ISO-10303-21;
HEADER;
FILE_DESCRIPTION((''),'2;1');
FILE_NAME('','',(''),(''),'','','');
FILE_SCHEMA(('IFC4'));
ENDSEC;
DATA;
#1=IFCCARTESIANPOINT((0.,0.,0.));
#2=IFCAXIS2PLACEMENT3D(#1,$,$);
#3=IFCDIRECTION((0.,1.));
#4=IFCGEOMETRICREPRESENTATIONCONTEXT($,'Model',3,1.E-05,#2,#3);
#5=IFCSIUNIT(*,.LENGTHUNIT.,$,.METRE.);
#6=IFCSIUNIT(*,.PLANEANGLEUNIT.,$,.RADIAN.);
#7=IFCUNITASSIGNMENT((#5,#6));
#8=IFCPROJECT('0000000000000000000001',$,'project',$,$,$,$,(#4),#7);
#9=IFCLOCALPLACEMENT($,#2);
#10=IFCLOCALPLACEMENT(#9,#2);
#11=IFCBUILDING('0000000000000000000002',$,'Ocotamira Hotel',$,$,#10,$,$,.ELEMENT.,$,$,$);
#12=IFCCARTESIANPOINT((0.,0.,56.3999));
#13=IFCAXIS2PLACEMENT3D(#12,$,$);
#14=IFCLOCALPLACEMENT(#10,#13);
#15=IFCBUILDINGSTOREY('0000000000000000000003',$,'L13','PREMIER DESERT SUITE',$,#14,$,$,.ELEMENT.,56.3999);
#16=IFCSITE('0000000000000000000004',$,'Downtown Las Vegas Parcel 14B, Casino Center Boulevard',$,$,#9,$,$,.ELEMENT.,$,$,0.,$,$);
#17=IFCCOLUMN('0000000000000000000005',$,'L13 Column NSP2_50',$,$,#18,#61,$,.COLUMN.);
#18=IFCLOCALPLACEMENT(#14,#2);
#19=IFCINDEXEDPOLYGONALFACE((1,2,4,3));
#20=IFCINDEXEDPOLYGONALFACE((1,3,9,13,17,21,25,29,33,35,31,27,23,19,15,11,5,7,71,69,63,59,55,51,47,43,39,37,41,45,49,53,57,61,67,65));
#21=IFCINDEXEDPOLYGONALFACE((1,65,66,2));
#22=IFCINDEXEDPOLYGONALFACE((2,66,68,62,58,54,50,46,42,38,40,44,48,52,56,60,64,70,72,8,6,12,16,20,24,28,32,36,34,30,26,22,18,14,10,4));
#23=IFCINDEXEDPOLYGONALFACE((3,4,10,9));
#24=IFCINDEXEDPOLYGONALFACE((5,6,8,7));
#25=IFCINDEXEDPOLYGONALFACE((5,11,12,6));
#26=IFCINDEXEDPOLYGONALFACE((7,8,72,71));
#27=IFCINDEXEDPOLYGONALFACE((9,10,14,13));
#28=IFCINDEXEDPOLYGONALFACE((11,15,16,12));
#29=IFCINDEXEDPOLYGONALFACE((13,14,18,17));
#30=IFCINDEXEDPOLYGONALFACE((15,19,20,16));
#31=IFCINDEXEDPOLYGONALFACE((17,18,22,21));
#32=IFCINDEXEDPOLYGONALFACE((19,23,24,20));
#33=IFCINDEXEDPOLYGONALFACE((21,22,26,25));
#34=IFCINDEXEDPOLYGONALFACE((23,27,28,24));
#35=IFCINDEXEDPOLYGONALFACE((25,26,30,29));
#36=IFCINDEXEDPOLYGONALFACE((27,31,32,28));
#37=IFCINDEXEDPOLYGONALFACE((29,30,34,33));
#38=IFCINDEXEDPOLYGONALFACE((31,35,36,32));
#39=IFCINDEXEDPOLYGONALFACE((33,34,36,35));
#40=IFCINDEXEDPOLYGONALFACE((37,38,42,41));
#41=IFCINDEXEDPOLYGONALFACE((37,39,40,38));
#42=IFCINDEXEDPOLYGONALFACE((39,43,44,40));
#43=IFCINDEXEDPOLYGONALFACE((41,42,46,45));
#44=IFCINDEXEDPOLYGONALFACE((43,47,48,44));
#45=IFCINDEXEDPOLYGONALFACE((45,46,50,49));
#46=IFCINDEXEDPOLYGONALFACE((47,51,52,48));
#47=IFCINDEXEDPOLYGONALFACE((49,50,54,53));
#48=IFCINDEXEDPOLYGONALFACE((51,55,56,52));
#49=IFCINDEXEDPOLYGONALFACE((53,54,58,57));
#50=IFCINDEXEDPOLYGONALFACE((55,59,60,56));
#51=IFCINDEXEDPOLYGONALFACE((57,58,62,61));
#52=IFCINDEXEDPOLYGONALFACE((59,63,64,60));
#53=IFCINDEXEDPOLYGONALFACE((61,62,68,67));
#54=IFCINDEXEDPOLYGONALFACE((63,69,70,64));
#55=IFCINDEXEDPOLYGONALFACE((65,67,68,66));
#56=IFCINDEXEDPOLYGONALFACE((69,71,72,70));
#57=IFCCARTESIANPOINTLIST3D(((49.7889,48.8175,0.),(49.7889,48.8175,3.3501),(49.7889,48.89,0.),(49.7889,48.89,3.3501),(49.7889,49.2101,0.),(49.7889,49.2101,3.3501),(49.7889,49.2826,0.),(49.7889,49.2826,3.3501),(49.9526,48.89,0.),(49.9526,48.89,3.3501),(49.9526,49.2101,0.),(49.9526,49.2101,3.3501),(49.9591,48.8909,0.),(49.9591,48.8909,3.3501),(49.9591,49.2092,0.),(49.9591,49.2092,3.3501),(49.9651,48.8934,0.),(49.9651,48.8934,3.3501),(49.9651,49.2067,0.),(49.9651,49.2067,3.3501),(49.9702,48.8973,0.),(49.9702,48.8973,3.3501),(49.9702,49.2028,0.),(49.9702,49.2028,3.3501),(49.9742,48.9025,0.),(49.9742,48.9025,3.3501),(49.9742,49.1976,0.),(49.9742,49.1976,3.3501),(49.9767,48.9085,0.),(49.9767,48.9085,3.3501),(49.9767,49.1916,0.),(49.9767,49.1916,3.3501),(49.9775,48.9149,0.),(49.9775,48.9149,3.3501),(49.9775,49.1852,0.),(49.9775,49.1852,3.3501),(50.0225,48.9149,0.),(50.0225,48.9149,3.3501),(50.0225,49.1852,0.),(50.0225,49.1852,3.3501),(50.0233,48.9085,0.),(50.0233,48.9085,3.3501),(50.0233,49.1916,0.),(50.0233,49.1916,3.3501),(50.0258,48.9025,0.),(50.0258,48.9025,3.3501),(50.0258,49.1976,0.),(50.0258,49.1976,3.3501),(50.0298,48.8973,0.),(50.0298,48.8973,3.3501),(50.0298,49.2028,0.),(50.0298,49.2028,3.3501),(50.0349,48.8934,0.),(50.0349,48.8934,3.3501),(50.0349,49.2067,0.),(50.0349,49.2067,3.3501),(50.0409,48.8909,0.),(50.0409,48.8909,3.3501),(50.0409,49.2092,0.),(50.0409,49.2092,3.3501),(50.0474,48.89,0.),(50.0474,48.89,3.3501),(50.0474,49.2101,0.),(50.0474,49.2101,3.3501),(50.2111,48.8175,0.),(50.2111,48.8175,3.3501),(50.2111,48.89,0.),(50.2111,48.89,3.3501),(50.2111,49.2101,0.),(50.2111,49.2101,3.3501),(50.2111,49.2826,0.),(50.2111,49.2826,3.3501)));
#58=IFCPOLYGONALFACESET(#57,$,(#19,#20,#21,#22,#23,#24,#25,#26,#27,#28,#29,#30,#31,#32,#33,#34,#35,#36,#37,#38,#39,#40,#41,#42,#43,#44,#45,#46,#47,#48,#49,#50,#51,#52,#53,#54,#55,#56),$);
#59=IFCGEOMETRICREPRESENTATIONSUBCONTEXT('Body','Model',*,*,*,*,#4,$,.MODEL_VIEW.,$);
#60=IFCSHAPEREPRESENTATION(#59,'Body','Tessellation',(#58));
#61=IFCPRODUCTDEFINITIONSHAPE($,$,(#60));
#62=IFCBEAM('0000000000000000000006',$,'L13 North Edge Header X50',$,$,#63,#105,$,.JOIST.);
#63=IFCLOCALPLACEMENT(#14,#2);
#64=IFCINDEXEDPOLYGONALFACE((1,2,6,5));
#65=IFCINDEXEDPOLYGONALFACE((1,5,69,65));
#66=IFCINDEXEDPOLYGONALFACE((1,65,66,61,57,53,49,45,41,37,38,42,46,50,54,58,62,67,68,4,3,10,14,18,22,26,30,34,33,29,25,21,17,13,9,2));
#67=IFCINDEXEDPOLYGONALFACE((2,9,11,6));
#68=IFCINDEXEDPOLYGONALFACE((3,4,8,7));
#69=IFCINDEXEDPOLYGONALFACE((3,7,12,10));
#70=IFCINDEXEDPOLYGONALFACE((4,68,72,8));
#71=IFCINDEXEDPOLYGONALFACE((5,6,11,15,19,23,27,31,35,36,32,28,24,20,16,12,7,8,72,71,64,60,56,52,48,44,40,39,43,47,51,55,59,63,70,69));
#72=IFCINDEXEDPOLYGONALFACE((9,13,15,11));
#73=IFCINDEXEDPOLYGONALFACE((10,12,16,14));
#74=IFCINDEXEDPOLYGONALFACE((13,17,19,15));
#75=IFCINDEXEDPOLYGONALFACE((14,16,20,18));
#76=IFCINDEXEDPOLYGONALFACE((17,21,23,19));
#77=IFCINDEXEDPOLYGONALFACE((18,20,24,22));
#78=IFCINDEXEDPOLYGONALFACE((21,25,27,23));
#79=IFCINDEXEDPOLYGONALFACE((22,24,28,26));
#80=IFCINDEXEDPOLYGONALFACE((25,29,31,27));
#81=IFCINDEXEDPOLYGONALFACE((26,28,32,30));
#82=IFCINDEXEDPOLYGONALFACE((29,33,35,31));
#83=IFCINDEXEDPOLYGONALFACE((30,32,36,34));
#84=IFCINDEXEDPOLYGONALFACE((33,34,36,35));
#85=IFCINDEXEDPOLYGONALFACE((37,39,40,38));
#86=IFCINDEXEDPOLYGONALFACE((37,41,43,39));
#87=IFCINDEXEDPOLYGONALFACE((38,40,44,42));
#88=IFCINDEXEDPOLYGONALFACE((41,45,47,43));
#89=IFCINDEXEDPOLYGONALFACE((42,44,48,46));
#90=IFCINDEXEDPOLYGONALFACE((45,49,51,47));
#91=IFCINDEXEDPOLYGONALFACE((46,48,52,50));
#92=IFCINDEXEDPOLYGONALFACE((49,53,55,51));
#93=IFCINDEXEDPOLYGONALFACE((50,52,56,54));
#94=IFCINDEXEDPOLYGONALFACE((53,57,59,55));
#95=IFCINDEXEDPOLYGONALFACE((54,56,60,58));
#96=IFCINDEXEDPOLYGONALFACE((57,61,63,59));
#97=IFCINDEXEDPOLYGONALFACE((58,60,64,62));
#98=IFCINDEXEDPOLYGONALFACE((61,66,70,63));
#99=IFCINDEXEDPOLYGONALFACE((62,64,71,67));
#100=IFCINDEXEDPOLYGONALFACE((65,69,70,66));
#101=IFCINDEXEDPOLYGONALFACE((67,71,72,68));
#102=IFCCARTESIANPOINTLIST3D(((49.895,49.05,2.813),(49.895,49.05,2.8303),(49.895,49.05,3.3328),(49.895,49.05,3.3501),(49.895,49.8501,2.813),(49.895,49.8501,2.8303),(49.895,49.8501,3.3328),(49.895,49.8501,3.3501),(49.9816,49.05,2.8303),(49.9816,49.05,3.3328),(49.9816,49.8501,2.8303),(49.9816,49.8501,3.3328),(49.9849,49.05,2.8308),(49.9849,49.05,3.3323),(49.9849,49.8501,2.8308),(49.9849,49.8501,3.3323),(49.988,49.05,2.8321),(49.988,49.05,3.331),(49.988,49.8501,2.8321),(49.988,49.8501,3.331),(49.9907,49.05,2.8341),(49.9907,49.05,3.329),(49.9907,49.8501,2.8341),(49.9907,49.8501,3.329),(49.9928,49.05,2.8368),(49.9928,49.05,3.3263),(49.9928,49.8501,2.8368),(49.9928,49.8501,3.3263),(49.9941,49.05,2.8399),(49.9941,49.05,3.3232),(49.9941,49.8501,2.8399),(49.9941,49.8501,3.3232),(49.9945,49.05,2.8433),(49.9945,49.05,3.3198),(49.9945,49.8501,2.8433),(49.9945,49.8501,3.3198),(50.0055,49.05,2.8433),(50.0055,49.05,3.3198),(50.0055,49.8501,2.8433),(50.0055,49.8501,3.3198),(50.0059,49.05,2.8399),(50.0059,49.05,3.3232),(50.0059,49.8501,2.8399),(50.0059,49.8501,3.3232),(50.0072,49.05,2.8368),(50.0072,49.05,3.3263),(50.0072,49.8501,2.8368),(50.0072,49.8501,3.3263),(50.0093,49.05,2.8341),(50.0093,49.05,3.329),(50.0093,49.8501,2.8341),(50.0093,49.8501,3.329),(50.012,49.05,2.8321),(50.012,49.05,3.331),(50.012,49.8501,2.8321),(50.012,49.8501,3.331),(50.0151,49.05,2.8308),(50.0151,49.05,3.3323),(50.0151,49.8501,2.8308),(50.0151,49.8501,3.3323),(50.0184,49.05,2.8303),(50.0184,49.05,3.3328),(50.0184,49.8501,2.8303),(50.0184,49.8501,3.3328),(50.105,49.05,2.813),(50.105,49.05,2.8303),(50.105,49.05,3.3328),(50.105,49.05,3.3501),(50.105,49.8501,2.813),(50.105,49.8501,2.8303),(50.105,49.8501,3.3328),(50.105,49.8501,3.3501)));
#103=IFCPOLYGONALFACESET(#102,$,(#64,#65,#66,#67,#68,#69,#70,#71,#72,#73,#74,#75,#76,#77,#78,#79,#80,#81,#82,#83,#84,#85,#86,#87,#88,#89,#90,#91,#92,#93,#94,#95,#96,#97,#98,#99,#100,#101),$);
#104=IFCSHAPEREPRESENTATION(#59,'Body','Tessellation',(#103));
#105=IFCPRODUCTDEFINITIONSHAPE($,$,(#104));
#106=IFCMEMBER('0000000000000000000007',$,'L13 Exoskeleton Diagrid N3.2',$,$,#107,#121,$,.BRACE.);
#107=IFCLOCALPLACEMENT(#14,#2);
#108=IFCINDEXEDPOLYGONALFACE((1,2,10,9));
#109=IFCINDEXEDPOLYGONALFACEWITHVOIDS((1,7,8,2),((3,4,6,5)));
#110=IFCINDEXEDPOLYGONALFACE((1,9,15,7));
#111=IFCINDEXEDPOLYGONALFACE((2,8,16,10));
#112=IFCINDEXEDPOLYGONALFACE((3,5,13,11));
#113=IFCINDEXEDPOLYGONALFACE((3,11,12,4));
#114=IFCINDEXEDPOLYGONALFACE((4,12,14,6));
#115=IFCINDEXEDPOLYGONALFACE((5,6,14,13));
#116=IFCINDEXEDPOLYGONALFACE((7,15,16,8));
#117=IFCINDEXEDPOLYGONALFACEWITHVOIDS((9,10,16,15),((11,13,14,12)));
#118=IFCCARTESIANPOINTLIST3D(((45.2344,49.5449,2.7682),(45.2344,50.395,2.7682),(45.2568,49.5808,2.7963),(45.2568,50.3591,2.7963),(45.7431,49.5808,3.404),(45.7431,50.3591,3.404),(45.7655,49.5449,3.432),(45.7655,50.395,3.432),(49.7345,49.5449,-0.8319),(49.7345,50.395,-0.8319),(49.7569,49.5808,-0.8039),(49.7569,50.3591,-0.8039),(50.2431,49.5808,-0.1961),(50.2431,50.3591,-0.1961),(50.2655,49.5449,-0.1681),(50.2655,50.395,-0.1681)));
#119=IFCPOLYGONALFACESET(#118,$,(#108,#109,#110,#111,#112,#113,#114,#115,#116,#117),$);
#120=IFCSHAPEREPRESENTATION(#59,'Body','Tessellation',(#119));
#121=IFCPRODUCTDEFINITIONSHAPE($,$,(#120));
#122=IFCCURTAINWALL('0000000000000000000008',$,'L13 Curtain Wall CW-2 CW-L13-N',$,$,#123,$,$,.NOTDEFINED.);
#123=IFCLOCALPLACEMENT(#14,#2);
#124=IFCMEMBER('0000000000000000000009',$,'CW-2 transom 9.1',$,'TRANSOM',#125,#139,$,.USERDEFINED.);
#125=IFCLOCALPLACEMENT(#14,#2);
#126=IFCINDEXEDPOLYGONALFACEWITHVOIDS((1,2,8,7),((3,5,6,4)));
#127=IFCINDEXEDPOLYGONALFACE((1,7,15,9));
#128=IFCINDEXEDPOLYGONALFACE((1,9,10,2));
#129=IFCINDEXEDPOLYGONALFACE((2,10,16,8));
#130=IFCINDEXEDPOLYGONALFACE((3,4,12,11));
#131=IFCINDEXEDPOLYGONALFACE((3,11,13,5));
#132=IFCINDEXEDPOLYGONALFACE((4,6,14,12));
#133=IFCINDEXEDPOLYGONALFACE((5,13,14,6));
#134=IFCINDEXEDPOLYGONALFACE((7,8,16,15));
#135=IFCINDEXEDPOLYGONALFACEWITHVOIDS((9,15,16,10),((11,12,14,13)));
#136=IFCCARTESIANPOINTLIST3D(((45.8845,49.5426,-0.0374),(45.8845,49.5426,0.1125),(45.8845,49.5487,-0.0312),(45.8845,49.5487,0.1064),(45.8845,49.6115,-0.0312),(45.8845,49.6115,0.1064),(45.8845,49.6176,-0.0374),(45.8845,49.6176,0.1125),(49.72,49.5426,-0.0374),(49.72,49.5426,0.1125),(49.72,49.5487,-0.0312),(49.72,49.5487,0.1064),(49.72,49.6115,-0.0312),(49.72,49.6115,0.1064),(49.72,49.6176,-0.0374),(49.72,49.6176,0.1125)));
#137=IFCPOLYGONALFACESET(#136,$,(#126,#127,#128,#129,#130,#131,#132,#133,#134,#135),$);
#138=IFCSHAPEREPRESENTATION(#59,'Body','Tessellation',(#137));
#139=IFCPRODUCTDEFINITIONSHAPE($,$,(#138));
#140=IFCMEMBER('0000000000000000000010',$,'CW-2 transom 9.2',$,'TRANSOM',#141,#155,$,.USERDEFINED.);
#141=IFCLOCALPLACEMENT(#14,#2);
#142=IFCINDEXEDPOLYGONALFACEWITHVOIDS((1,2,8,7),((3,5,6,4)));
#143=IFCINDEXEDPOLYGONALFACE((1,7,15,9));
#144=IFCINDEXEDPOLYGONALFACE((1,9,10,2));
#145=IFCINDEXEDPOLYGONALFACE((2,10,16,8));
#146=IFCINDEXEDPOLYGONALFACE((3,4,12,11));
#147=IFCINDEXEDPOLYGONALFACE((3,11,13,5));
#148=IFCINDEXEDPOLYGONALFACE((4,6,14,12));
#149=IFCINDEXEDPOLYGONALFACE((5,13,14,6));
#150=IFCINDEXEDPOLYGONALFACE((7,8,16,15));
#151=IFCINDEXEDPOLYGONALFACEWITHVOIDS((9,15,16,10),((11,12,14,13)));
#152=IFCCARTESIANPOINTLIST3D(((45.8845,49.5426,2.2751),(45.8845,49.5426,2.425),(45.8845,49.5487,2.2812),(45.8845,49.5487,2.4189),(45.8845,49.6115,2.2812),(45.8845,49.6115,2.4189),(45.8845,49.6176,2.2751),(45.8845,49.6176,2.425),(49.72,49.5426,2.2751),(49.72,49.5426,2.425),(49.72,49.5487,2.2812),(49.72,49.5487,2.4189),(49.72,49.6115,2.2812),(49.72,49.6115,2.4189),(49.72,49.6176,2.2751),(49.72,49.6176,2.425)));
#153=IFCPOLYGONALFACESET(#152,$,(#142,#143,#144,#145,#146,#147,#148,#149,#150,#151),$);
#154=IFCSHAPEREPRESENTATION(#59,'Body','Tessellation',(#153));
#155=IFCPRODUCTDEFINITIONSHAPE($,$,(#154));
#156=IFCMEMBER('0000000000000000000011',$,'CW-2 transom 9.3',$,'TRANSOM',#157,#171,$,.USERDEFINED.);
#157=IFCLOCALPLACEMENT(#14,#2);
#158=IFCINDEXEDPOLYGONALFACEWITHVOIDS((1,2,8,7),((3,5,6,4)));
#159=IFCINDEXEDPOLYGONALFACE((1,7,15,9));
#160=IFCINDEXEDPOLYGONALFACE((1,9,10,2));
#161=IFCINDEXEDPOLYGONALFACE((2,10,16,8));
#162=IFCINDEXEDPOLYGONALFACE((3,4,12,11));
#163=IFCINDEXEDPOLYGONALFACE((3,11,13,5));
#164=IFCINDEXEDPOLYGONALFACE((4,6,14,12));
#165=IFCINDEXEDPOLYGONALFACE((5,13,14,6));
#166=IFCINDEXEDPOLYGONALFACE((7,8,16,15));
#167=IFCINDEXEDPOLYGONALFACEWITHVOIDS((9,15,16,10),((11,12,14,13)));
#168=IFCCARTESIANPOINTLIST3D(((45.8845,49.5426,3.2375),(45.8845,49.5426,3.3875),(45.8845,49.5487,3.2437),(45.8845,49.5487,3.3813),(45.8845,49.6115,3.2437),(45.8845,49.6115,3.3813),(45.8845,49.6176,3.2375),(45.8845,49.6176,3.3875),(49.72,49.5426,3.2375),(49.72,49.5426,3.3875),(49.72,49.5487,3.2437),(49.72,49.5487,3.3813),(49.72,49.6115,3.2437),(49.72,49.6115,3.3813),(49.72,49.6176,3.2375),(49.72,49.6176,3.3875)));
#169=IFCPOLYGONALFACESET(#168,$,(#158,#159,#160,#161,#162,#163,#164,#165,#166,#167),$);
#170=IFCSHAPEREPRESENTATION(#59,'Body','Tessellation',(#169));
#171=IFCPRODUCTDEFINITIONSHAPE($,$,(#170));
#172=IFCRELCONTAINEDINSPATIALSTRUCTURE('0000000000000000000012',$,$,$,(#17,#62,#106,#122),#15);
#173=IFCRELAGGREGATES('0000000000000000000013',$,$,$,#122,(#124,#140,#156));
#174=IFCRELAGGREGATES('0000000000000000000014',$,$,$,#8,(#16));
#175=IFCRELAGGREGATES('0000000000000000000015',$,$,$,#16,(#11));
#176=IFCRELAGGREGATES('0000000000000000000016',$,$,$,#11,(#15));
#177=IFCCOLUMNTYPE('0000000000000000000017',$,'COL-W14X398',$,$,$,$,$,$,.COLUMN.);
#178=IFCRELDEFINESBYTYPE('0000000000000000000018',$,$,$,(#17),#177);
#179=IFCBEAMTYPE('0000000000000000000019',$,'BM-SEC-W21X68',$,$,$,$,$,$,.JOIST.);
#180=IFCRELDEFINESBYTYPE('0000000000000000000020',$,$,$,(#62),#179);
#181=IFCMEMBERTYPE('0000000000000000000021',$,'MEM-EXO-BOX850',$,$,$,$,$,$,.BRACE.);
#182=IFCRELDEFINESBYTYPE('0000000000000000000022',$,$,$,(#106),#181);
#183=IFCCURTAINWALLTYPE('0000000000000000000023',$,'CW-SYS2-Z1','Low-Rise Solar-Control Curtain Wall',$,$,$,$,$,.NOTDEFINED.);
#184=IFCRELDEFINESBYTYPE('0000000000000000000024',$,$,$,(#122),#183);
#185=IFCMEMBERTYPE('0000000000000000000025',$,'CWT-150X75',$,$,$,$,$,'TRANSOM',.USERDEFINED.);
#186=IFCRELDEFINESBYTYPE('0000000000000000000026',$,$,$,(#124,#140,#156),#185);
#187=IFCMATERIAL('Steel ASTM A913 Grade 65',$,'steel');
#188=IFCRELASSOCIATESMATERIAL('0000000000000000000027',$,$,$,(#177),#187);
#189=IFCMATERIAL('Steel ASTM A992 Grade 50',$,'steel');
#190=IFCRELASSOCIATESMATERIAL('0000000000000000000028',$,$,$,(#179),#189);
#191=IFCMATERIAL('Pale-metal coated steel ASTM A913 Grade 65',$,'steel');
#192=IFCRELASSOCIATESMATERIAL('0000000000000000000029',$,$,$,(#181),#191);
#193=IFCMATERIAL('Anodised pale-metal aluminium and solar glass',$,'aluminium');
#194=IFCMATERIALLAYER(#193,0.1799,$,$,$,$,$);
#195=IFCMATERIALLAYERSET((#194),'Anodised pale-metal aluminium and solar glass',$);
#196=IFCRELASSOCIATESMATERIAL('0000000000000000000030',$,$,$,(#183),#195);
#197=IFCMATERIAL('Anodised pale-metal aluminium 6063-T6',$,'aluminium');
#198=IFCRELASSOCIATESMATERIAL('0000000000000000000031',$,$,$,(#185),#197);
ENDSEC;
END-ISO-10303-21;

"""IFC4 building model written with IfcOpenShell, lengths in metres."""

from ifc_helpers import new_model, si_unit, direction, frame, origin, origin_2d, place, context, subcontext, project, spatial, hollow_rectangle, i_section, extrude, source, transform, mapped, material, layer, layer_set, material_profile, profile_set, type_object, element, aggregate, save


model = new_model("IFC4")

# Units and contexts
model_context = context("Model", 3, precision=1e-05, world=origin(), true_north=direction((0.0, 1.0)))
body_context = subcontext(model_context, "Body", "Model", "MODEL_VIEW")
ifc_project = project(units=[si_unit("LENGTHUNIT", "METRE"), si_unit("PLANEANGLEUNIT", "RADIAN")], contexts=[model_context])

# Site, building, storey
site_placement = place(None, origin())
site = spatial("IfcSite", under=ifc_project, at=site_placement, Name="Downtown Las Vegas Parcel 14B, Casino Center Boulevard", CompositionType="ELEMENT", RefElevation=0.0)
building_placement = place(site_placement, origin())
building = spatial("IfcBuilding", under=site, at=building_placement, Name="Ocotamira Hotel", CompositionType="ELEMENT")
storey_placement = place(building_placement, frame((0.0, 0.0, 56.3999)))
storey = spatial("IfcBuildingStorey", under=building, at=storey_placement, Name="L13", Description="PREMIER DESERT SUITE", CompositionType="ELEMENT", Elevation=56.3999)

# Column
ifc_material_1 = material(Name="Steel ASTM A913 Grade 65", Category="steel")
ifc_material_profile_1 = material_profile(ifc_material_1, i_section(OverallWidth=0.4221, OverallDepth=0.4651, WebThickness=0.0449, FlangeThickness=0.0725, FilletRadius=0.0249, at=origin_2d()), Name="W14X398")
ifc_profile_set_1 = profile_set([ifc_material_profile_1], Name="Steel ASTM A913 Grade 65")
column_type = type_object("IfcColumnType", Name="COL-W14X398", PredefinedType="COLUMN", material=ifc_profile_set_1)
shared_shape_1 = source(origin(), body_context, "Body", "SweptSolid", [
    extrude(i_section(OverallWidth=0.4221, OverallDepth=0.4651, WebThickness=0.0449, FlangeThickness=0.0725, FilletRadius=0.0249, at=origin_2d()), origin(), (0.0, 0.0, 1.0), 3.3501),
])
column_placement = place(storey_placement, frame((50.0, 49.05, 0.0), z_axis=(0.0, 0.0, 1.0), x_axis=(1.0, 0.0, 0.0)))
element("IfcColumn", 1, at=column_placement, inside=storey, type_object=column_type, Name="L13 Column NSP2_50", PredefinedType="COLUMN", context=body_context, shape_type="MappedRepresentation", body=[
    mapped(shared_shape_1, transform((0.0, 0.0, 0.0), scale=1.0)),
])

# Beam
ifc_material_2 = material(Name="Steel ASTM A992 Grade 50", Category="steel")
ifc_material_profile_2 = material_profile(ifc_material_2, i_section(OverallWidth=0.21, OverallDepth=0.5371, WebThickness=0.011, FlangeThickness=0.0173, FilletRadius=0.0129, at=origin_2d()), Name="W21X68")
ifc_profile_set_2 = profile_set([ifc_material_profile_2], Name="Steel ASTM A992 Grade 50")
beam_type = type_object("IfcBeamType", Name="BM-SEC-W21X68", PredefinedType="JOIST", material=ifc_profile_set_2)
shared_shape_2 = source(origin(), body_context, "Body", "SweptSolid", [
    extrude(i_section(OverallWidth=0.21, OverallDepth=0.5371, WebThickness=0.011, FlangeThickness=0.0173, FilletRadius=0.0129, at=origin_2d()), origin(), (0.0, 0.0, 1.0), 0.8),
])
beam_placement = place(storey_placement, frame((50.0, 49.05, 3.0815), z_axis=(0.0, 1.0, 0.0), x_axis=(-1.0, 0.0, 0.0)))
element("IfcBeam", 2, at=beam_placement, inside=storey, type_object=beam_type, Name="L13 North Edge Header X50", PredefinedType="JOIST", context=body_context, shape_type="MappedRepresentation", body=[
    mapped(shared_shape_2, transform((0.0, 0.0, 0.0), scale=1.0)),
])

# Member
ifc_material_3 = material(Name="Pale-metal coated steel ASTM A913 Grade 65", Category="steel")
ifc_material_profile_3 = material_profile(ifc_material_3, hollow_rectangle(XDim=0.8501, YDim=0.8501, WallThickness=0.0359, at=origin_2d()), Name="BOX850X850X36")
ifc_profile_set_3 = profile_set([ifc_material_profile_3], Name="Pale-metal coated steel ASTM A913 Grade 65")
member_type_1 = type_object("IfcMemberType", Name="MEM-EXO-BOX850", PredefinedType="BRACE", material=ifc_profile_set_3)
shared_shape_3 = source(origin(), body_context, "Body", "SweptSolid", [
    extrude(hollow_rectangle(XDim=0.8501, YDim=0.8501, WallThickness=0.0359, at=origin_2d()), origin(), (0.0, 0.0, 1.0), 5.7629),
])
member_1_placement = place(storey_placement, frame((50.0, 49.97, -0.5), z_axis=(-0.780861, 0.0, 0.624705), x_axis=(0.0, -1.0, 0.0)))
element("IfcMember", 3, at=member_1_placement, inside=storey, type_object=member_type_1, Name="L13 Exoskeleton Diagrid N3.2", PredefinedType="BRACE", context=body_context, shape_type="MappedRepresentation", body=[
    mapped(shared_shape_3, transform((0.0, 0.0, 0.0), scale=1.0)),
])

# Curtain wall, members
ifc_material_4 = material(Name="Anodised pale-metal aluminium and solar glass", Category="aluminium")
ifc_layer_1 = layer(ifc_material_4, 0.1799)
ifc_layer_set_1 = layer_set([ifc_layer_1], Name="Anodised pale-metal aluminium and solar glass")
curtain_wall_type = type_object("IfcCurtainWallType", Name="CW-SYS2-Z1", Description="Low-Rise Solar-Control Curtain Wall", PredefinedType="NOTDEFINED", material=ifc_layer_set_1)
curtain_wall_placement = place(storey_placement, origin())
curtain_wall = element("IfcCurtainWall", 4, at=curtain_wall_placement, inside=storey, type_object=curtain_wall_type, Name="L13 Curtain Wall CW-2 CW-L13-N", PredefinedType="NOTDEFINED")
ifc_material_5 = material(Name="Anodised pale-metal aluminium 6063-T6", Category="aluminium")
ifc_material_profile_4 = material_profile(ifc_material_5, hollow_rectangle(XDim=0.075, YDim=0.1499, WallThickness=0.0061, at=origin_2d()), Name="HSS150X75X6")
ifc_profile_set_4 = profile_set([ifc_material_profile_4], Name="Anodised pale-metal aluminium 6063-T6")
member_type_2 = type_object("IfcMemberType", Name="CWT-150X75", ElementType="TRANSOM", PredefinedType="USERDEFINED", material=ifc_profile_set_4)
shared_shape_4 = source(origin(), body_context, "Body", "SweptSolid", [
    extrude(hollow_rectangle(XDim=0.075, YDim=0.1499, WallThickness=0.0061, at=origin_2d()), origin(), (0.0, 0.0, 1.0), 3.8354),
])
member_2_placement = place(storey_placement, frame((45.8845, 49.5801, 0.0376), z_axis=(1.0, 0.0, 0.0), x_axis=(0.0, 1.0, 0.0)))
member_2 = element("IfcMember", 5, at=member_2_placement, type_object=member_type_2, Name="CW-2 transom 9.1", ObjectType="TRANSOM", PredefinedType="USERDEFINED", context=body_context, shape_type="MappedRepresentation", body=[
    mapped(shared_shape_4, transform((0.0, 0.0, 0.0), scale=1.0)),
])
member_3_placement = place(storey_placement, frame((45.8845, 49.5801, 2.3501), z_axis=(1.0, 0.0, 0.0), x_axis=(0.0, 1.0, 0.0)))
member_3 = element("IfcMember", 6, at=member_3_placement, type_object=member_type_2, Name="CW-2 transom 9.2", ObjectType="TRANSOM", PredefinedType="USERDEFINED", context=body_context, shape_type="MappedRepresentation", body=[
    mapped(shared_shape_4, transform((0.0, 0.0, 0.0), scale=1.0)),
])
member_4_placement = place(storey_placement, frame((45.8845, 49.5801, 3.3125), z_axis=(1.0, 0.0, 0.0), x_axis=(0.0, 1.0, 0.0)))
member_4 = element("IfcMember", 7, at=member_4_placement, type_object=member_type_2, Name="CW-2 transom 9.3", ObjectType="TRANSOM", PredefinedType="USERDEFINED", context=body_context, shape_type="MappedRepresentation", body=[
    mapped(shared_shape_4, transform((0.0, 0.0, 0.0), scale=1.0)),
])

aggregate(curtain_wall, [member_2, member_3, member_4])

save(model, "model.ifc")
